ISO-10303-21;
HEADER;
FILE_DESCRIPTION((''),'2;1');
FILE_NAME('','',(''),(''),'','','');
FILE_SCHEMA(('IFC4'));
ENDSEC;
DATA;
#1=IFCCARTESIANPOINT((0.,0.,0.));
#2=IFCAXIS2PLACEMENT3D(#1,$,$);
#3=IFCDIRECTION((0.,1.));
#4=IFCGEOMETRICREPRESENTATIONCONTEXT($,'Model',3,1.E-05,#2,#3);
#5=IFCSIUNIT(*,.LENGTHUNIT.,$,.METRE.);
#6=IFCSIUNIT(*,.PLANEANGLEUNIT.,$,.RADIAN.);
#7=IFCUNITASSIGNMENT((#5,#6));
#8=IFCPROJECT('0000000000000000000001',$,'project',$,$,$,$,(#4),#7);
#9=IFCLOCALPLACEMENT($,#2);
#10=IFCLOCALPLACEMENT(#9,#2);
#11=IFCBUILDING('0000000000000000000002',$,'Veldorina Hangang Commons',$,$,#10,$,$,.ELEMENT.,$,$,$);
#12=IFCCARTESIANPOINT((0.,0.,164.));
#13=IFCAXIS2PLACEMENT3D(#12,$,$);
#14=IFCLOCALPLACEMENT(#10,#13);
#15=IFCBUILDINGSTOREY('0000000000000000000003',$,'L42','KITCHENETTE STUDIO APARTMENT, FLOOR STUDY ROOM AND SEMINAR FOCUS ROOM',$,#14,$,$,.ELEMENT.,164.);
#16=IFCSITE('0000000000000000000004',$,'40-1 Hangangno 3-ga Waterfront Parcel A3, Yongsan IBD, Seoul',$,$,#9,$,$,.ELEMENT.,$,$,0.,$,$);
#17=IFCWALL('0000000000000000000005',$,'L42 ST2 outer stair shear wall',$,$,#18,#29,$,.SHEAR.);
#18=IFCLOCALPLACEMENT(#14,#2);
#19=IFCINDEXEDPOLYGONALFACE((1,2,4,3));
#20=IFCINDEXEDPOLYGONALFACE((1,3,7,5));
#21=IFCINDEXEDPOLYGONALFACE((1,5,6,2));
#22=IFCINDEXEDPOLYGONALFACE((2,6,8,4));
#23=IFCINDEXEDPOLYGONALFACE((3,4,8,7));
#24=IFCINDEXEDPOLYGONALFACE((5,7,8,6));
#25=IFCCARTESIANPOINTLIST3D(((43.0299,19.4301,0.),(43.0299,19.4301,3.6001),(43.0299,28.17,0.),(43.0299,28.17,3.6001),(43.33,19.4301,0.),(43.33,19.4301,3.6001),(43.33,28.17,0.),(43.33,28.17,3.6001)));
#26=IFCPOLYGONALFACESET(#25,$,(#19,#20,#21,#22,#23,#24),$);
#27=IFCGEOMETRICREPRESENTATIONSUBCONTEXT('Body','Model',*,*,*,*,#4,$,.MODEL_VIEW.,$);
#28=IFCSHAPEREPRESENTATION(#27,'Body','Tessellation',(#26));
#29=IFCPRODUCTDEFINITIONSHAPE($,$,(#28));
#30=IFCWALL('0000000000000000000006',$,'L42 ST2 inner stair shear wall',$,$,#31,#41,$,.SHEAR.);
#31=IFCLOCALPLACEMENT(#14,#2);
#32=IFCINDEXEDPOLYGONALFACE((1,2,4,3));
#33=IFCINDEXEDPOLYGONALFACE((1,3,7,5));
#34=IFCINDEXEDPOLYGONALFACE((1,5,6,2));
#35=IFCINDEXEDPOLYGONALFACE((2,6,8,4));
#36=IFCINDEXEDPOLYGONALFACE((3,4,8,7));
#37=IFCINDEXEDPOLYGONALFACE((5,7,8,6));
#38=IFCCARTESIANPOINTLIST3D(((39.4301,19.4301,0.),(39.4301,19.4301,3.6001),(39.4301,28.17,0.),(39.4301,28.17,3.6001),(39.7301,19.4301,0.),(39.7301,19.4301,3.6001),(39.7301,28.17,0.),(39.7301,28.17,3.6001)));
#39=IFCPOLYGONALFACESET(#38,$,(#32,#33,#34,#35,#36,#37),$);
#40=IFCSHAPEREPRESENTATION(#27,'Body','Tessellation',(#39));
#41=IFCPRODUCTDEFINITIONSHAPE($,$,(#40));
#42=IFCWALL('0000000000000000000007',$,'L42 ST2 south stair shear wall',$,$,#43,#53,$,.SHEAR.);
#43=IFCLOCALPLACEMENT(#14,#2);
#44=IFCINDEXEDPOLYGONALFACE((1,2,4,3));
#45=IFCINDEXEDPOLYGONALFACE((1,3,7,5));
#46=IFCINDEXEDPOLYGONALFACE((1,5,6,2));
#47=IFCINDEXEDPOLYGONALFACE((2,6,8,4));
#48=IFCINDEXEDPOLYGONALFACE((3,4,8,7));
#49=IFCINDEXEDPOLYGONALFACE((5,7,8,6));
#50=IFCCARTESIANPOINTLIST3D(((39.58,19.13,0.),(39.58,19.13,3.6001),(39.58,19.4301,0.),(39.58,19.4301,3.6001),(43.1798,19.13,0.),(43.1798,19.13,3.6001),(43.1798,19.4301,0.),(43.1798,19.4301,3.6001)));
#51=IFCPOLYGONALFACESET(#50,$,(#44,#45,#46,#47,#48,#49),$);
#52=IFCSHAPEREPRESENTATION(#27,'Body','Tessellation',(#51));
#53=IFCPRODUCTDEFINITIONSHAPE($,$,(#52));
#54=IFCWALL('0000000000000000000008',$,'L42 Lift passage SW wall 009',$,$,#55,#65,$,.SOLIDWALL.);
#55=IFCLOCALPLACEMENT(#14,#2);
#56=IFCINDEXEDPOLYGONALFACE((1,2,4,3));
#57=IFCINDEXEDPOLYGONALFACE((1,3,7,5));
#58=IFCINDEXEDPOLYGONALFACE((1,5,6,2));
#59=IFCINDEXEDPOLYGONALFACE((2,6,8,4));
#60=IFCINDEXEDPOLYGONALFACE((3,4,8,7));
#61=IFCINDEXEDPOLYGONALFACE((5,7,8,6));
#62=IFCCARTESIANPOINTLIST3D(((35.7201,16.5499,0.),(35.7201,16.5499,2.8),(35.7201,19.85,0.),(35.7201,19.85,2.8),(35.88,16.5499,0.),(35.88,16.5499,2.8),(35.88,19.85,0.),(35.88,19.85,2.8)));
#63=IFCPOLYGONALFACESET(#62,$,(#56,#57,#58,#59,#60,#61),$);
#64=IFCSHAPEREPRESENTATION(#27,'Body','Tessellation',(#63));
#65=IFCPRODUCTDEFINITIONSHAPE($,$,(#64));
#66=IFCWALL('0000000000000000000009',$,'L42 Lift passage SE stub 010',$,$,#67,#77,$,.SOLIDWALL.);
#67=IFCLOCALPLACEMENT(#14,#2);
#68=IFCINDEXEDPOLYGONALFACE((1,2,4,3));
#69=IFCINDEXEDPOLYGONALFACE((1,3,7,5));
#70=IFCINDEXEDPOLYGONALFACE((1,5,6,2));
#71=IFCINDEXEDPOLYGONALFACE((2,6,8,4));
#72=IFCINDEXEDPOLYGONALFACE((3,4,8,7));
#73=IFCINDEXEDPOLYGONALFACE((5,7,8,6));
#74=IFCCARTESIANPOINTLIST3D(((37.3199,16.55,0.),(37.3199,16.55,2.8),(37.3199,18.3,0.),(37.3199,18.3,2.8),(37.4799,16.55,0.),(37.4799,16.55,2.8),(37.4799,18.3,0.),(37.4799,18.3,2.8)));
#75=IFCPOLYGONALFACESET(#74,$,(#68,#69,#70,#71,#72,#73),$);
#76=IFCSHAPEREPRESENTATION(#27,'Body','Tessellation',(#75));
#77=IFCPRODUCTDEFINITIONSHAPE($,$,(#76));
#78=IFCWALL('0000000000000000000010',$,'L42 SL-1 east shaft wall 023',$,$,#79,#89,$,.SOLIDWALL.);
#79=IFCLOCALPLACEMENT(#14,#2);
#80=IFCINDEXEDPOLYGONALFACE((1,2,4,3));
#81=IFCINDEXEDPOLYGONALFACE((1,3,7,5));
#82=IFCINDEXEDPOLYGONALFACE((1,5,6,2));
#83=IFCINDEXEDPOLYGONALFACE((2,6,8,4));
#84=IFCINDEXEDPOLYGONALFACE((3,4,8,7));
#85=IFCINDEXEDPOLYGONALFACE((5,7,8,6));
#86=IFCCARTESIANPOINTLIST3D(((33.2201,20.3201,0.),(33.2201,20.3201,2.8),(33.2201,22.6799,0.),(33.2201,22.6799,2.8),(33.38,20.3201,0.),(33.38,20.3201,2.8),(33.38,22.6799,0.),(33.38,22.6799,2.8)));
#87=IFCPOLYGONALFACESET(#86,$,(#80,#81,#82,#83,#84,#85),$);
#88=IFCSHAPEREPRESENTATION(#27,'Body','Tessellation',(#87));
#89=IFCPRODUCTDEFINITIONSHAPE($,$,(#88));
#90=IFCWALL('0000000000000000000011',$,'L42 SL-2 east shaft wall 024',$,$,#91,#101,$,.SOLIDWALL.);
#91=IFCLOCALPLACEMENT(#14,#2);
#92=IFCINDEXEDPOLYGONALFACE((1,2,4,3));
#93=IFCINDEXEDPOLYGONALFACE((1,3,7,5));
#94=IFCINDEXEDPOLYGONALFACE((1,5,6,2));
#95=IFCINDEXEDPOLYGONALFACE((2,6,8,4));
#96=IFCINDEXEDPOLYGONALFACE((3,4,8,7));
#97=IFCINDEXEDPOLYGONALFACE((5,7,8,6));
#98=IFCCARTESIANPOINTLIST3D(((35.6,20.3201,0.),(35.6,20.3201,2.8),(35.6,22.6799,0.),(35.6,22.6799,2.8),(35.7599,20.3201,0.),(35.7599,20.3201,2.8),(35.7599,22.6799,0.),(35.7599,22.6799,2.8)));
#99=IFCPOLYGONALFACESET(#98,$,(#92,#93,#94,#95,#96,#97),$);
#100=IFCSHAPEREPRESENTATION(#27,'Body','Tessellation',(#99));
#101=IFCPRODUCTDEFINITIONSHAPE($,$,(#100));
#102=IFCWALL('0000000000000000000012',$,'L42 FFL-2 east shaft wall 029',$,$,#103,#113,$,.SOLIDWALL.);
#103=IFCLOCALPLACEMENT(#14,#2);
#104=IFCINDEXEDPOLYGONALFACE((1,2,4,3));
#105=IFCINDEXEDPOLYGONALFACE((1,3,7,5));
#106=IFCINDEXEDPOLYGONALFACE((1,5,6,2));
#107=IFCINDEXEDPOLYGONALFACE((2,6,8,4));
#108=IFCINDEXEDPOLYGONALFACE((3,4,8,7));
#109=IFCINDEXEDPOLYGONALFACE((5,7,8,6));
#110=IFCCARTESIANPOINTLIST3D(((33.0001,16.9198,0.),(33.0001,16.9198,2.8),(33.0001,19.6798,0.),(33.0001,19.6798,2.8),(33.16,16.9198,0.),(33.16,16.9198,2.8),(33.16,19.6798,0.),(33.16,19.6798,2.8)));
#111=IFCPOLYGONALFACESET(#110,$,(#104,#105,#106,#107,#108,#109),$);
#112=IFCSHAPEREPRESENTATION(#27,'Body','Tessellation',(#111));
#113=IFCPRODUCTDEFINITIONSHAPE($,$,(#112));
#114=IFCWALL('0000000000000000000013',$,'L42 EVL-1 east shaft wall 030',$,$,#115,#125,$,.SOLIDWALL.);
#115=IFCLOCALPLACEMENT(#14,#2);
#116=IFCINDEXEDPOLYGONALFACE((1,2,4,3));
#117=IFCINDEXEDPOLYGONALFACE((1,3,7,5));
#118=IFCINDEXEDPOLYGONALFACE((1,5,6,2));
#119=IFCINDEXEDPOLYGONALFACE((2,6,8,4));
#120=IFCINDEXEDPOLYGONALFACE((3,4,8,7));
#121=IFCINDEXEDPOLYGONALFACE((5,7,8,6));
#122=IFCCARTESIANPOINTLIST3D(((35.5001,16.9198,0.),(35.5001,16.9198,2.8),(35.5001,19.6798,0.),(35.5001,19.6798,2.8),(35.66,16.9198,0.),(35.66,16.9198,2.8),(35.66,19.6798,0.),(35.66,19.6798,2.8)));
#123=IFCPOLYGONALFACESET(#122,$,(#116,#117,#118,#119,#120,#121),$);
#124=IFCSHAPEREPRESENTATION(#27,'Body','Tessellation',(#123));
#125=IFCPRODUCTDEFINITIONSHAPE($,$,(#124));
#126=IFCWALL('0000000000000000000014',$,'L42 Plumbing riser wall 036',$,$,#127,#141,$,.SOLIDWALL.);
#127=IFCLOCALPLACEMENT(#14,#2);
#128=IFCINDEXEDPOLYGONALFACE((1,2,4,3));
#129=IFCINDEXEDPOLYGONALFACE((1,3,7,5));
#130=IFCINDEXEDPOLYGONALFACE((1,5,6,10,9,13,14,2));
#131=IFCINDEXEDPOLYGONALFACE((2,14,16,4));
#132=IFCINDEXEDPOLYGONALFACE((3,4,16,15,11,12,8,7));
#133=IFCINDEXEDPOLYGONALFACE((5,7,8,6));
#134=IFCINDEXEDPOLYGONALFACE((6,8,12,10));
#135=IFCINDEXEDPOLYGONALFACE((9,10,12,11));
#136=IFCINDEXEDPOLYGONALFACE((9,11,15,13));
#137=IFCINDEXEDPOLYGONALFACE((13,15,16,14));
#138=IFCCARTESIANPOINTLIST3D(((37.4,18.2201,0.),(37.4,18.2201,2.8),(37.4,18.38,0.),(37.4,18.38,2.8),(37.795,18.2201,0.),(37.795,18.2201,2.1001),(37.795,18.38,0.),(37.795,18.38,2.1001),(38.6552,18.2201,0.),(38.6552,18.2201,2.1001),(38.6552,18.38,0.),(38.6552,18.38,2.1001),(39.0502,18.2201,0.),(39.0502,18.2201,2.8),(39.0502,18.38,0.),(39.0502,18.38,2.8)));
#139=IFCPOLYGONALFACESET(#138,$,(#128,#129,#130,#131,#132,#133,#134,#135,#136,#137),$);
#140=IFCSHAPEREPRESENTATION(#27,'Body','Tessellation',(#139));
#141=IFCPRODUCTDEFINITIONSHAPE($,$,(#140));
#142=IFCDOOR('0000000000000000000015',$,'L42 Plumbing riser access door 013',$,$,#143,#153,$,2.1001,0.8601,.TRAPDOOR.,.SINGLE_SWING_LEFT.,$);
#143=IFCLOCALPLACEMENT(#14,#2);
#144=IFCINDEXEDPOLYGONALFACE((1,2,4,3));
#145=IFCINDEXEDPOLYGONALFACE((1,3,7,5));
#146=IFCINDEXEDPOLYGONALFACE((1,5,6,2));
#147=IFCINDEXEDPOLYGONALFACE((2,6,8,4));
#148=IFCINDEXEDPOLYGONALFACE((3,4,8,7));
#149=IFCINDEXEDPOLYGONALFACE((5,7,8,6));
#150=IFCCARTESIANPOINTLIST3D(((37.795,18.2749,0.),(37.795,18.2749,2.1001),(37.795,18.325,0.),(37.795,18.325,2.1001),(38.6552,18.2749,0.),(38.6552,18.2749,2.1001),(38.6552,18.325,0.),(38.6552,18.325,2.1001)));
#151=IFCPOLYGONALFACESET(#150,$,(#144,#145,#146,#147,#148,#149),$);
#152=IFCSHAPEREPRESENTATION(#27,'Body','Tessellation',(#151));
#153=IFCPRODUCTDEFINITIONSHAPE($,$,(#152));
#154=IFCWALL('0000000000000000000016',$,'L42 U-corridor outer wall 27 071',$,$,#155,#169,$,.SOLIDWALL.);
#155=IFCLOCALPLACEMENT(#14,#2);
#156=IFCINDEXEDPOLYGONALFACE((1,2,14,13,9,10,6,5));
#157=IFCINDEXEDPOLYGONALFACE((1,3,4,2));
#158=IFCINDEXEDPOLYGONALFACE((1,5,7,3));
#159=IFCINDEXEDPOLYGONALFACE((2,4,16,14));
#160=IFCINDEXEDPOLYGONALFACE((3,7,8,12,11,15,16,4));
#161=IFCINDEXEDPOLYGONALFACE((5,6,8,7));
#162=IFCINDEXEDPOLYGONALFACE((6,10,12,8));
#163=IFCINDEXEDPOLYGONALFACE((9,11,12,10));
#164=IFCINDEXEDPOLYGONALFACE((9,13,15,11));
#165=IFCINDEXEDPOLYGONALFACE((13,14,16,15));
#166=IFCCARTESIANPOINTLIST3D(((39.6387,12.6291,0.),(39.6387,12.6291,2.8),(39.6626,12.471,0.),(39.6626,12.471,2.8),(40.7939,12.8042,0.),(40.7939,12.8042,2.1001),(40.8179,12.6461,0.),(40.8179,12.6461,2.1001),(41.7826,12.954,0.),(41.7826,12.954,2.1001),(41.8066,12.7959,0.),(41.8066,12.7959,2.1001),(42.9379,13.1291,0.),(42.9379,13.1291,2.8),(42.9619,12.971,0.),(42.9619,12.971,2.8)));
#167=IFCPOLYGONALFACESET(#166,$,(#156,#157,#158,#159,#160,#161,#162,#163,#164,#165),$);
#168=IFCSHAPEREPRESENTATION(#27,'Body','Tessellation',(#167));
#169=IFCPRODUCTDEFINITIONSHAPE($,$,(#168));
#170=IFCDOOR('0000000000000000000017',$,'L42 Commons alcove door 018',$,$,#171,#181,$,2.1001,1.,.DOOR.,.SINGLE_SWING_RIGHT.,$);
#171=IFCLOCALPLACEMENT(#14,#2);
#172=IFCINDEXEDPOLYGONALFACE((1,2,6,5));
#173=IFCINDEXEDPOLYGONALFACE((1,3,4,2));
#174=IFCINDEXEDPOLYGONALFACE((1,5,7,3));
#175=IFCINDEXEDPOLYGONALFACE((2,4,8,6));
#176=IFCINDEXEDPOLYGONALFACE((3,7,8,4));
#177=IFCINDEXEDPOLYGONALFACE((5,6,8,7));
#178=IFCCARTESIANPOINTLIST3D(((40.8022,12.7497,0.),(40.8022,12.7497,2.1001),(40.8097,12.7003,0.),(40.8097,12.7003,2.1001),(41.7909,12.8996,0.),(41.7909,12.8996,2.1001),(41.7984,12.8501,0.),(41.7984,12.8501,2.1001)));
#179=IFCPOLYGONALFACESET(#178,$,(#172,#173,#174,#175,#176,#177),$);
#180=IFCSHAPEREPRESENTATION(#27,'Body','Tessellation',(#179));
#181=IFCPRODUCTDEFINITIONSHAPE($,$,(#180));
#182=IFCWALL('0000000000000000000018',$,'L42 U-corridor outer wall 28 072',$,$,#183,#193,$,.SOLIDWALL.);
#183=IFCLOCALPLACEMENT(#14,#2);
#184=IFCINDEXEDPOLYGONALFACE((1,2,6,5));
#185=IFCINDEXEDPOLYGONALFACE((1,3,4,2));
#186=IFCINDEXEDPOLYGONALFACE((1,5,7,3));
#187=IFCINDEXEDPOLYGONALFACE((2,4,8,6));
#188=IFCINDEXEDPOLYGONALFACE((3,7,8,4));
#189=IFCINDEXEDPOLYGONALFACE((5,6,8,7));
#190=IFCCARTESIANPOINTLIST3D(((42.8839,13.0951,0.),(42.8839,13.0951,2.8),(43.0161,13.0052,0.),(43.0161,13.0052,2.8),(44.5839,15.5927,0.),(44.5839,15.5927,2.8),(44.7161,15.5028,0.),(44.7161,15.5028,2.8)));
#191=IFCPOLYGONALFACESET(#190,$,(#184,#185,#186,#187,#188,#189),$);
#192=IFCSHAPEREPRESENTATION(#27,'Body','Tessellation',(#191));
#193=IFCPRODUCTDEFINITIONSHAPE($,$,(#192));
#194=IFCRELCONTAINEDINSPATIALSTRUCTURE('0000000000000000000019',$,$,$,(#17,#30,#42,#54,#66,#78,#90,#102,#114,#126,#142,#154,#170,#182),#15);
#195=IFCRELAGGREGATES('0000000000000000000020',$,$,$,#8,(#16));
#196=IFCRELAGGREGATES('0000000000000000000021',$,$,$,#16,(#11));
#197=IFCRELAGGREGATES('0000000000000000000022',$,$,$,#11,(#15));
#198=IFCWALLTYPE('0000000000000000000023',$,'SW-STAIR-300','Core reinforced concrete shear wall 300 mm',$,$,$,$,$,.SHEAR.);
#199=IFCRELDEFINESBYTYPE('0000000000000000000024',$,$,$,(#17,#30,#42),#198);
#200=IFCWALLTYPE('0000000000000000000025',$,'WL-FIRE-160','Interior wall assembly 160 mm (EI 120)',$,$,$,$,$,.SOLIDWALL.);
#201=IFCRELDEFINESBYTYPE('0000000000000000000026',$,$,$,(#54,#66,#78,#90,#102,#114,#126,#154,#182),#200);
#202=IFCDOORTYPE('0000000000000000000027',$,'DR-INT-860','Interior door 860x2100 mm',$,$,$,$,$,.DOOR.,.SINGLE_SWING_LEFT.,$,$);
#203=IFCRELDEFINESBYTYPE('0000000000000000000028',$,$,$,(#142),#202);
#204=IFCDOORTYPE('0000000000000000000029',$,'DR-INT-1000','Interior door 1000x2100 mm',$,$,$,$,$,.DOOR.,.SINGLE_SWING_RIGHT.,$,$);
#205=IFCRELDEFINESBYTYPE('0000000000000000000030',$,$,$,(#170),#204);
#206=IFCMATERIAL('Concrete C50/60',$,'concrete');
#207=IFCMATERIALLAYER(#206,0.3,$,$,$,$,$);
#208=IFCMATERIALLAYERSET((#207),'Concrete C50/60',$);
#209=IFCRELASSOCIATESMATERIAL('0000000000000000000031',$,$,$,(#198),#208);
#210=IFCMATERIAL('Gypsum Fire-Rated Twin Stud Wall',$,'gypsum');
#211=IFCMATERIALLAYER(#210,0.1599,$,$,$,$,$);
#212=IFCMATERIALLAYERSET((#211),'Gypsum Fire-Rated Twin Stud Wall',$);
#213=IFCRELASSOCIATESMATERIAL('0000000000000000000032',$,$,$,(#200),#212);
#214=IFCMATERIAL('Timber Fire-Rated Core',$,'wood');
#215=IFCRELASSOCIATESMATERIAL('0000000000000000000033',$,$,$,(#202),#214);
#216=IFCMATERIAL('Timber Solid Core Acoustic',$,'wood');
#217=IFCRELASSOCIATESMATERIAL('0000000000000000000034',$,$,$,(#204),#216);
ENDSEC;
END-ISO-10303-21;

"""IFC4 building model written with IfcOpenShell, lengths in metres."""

from ifc_helpers import new_model, si_unit, direction, frame, frame_2d, origin, place, context, subcontext, project, spatial, rectangle, extrude, material, layer, layer_set, type_object, element, fill, save


model = new_model("IFC4")

# Units and contexts
model_context = context("Model", 3, precision=1e-05, world=origin(), true_north=direction((0.0, 1.0)))
body_context = subcontext(model_context, "Body", "Model", "MODEL_VIEW")
ifc_project = project(units=[si_unit("LENGTHUNIT", "METRE"), si_unit("PLANEANGLEUNIT", "RADIAN")], contexts=[model_context])

# Site, building, storey
site_placement = place(None, origin())
site = spatial("IfcSite", under=ifc_project, at=site_placement, Name="40-1 Hangangno 3-ga Waterfront Parcel A3, Yongsan IBD, Seoul", CompositionType="ELEMENT", RefElevation=0.0)
building_placement = place(site_placement, origin())
building = spatial("IfcBuilding", under=site, at=building_placement, Name="Veldorina Hangang Commons", CompositionType="ELEMENT")
storey_placement = place(building_placement, frame((0.0, 0.0, 164.0)))
storey = spatial("IfcBuildingStorey", under=building, at=storey_placement, Name="L42", Description="KITCHENETTE STUDIO APARTMENT, FLOOR STUDY ROOM AND SEMINAR FOCUS ROOM", CompositionType="ELEMENT", Elevation=164.0)

# Walls
ifc_material_1 = material(Name="Concrete C50/60", Category="concrete")
ifc_layer_1 = layer(ifc_material_1, 0.3)
ifc_layer_set_1 = layer_set([ifc_layer_1], Name="Concrete C50/60")
wall_type_1 = type_object("IfcWallType", Name="SW-STAIR-300", Description="Core reinforced concrete shear wall 300 mm", PredefinedType="SHEAR", material=ifc_layer_set_1)
for number, where, z_axis, x_axis, name in (
    (1, (43.1799, 19.4299, 0.0), (0.0, 0.0, 1.0), (0.0, 1.0, 0.0), "L42 ST2 outer stair shear wall"),
    (2, (39.5801, 19.4299, 0.0), (0.0, 0.0, 1.0), (0.0, 1.0, 0.0), "L42 ST2 inner stair shear wall"),
):
    element("IfcWall", number, at=place(storey_placement, frame(where, z_axis=z_axis, x_axis=x_axis)), inside=storey, type_object=wall_type_1, Name=name, PredefinedType="SHEAR", context=body_context, shape_type="SweptSolid", body=[
        extrude(rectangle(XDim=8.74, YDim=0.3, at=frame_2d((4.3701, 0.0))), origin(), (0.0, 0.0, 1.0), 3.6001),
    ])
wall_1_placement = place(storey_placement, frame((39.5801, 19.28, 0.0), z_axis=(0.0, 0.0, 1.0), x_axis=(1.0, 0.0, 0.0)))
element("IfcWall", 3, at=wall_1_placement, inside=storey, type_object=wall_type_1, Name="L42 ST2 south stair shear wall", PredefinedType="SHEAR", context=body_context, shape_type="SweptSolid", body=[
    extrude(rectangle(XDim=3.5999, YDim=0.3, at=frame_2d((1.7998, 0.0))), origin(), (0.0, 0.0, 1.0), 3.6001),
])
ifc_material_2 = material(Name="Gypsum Fire-Rated Twin Stud Wall", Category="gypsum")
ifc_layer_2 = layer(ifc_material_2, 0.1599)
ifc_layer_set_2 = layer_set([ifc_layer_2], Name="Gypsum Fire-Rated Twin Stud Wall")
wall_type_2 = type_object("IfcWallType", Name="WL-FIRE-160", Description="Interior wall assembly 160 mm (EI 120)", PredefinedType="SOLIDWALL", material=ifc_layer_set_2)
wall_2_placement = place(storey_placement, frame((35.8, 16.55, 0.0), z_axis=(0.0, 0.0, 1.0), x_axis=(0.0, 1.0, 0.0)))
element("IfcWall", 4, at=wall_2_placement, inside=storey, type_object=wall_type_2, Name="L42 Lift passage SW wall 009", PredefinedType="SOLIDWALL", context=body_context, shape_type="SweptSolid", body=[
    extrude(rectangle(XDim=3.3, YDim=0.1599, at=frame_2d((1.6499, 0.0))), origin(), (0.0, 0.0, 1.0), 2.8),
])
wall_3_placement = place(storey_placement, frame((37.3999, 16.55, 0.0), z_axis=(0.0, 0.0, 1.0), x_axis=(0.0, 1.0, 0.0)))
element("IfcWall", 5, at=wall_3_placement, inside=storey, type_object=wall_type_2, Name="L42 Lift passage SE stub 010", PredefinedType="SOLIDWALL", context=body_context, shape_type="SweptSolid", body=[
    extrude(rectangle(XDim=1.75, YDim=0.1599, at=frame_2d((0.875, 0.0))), origin(), (0.0, 0.0, 1.0), 2.8),
])
for number, where, z_axis, x_axis, name in (
    (6, (33.3, 20.3201, 0.0), (0.0, 0.0, 1.0), (0.0, 1.0, 0.0), "L42 SL-1 east shaft wall 023"),
    (7, (35.6799, 20.3201, 0.0), (0.0, 0.0, 1.0), (0.0, 1.0, 0.0), "L42 SL-2 east shaft wall 024"),
):
    element("IfcWall", number, at=place(storey_placement, frame(where, z_axis=z_axis, x_axis=x_axis)), inside=storey, type_object=wall_type_2, Name=name, PredefinedType="SOLIDWALL", context=body_context, shape_type="SweptSolid", body=[
        extrude(rectangle(XDim=2.3599, YDim=0.1599, at=frame_2d((1.1799, 0.0))), origin(), (0.0, 0.0, 1.0), 2.8),
    ])
for number, where, z_axis, x_axis, name in (
    (8, (33.0801, 16.9199, 0.0), (0.0, 0.0, 1.0), (0.0, 1.0, 0.0), "L42 FFL-2 east shaft wall 029"),
    (9, (35.5801, 16.9199, 0.0), (0.0, 0.0, 1.0), (0.0, 1.0, 0.0), "L42 EVL-1 east shaft wall 030"),
):
    element("IfcWall", number, at=place(storey_placement, frame(where, z_axis=z_axis, x_axis=x_axis)), inside=storey, type_object=wall_type_2, Name=name, PredefinedType="SOLIDWALL", context=body_context, shape_type="SweptSolid", body=[
        extrude(rectangle(XDim=2.76, YDim=0.1599, at=frame_2d((1.3799, 0.0))), origin(), (0.0, 0.0, 1.0), 2.8),
    ])

# Walls, openings, doors
wall_4_placement = place(storey_placement, frame((37.3999, 18.3, 0.0), z_axis=(0.0, 0.0, 1.0), x_axis=(1.0, 0.0, 0.0)))
wall_4 = element("IfcWall", 10, at=wall_4_placement, inside=storey, type_object=wall_type_2, Name="L42 Plumbing riser wall 036", PredefinedType="SOLIDWALL", context=body_context, shape_type="SweptSolid", body=[
    extrude(rectangle(XDim=1.6501, YDim=0.1599, at=frame_2d((0.8252, 0.0))), origin(), (0.0, 0.0, 1.0), 2.8),
])
opening_1_placement = place(wall_4_placement, frame((0.395, 0.0, 0.0)))
opening_1 = element("IfcOpeningElement", 11, at=opening_1_placement, cuts=wall_4, PredefinedType="OPENING", context=body_context, shape_type="SweptSolid", body=[
    extrude(rectangle(XDim=0.8601, YDim=2.1001, at=frame_2d((0.4302, 1.05))), frame((0.0, 0.0898, 0.0), z_axis=(0.0, -1.0, 0.0), x_axis=(1.0, 0.0, 0.0)), (0.0, 0.0, 1.0), 0.1799),
])
ifc_material_3 = material(Name="Timber Fire-Rated Core", Category="wood")
door_type_1 = type_object("IfcDoorType", Name="DR-INT-860", Description="Interior door 860x2100 mm", OperationType="SINGLE_SWING_LEFT", PredefinedType="DOOR", material=ifc_material_3)
door_1_placement = place(opening_1_placement, origin())
door_1 = element("IfcDoor", 12, at=door_1_placement, inside=storey, type_object=door_type_1, Name="L42 Plumbing riser access door 013", OperationType="SINGLE_SWING_LEFT", OverallHeight=2.1001, OverallWidth=0.8601, PredefinedType="TRAPDOOR", context=body_context, shape_type="SweptSolid", body=[
    extrude(rectangle(XDim=0.8601, YDim=2.1001, at=frame_2d((0.4302, 1.05))), frame((0.0, 0.0249, 0.0), z_axis=(0.0, -1.0, 0.0), x_axis=(1.0, 0.0, 0.0)), (0.0, 0.0, 1.0), 0.05),
])
fill(opening_1, door_1)
wall_5_placement = place(storey_placement, frame((39.6506, 12.55, 0.0), z_axis=(0.0, 0.0, 1.0), x_axis=(0.988711, 0.149836, 0.0)))
wall_5 = element("IfcWall", 13, at=wall_5_placement, inside=storey, type_object=wall_type_2, Name="L42 U-corridor outer wall 27 071", PredefinedType="SOLIDWALL", context=body_context, shape_type="SweptSolid", body=[
    extrude(rectangle(XDim=3.3369, YDim=0.1599, at=frame_2d((1.6685, 0.0))), origin(), (0.0, 0.0, 1.0), 2.8),
])
opening_2_placement = place(wall_5_placement, frame((1.1685, 0.0, 0.0)))
opening_2 = element("IfcOpeningElement", 14, at=opening_2_placement, cuts=wall_5, PredefinedType="OPENING", context=body_context, shape_type="SweptSolid", body=[
    extrude(rectangle(XDim=1.0, YDim=2.1001, at=frame_2d((0.5, 1.05))), frame((0.0, 0.0898, 0.0), z_axis=(0.0, -1.0, 0.0), x_axis=(1.0, 0.0, 0.0)), (0.0, 0.0, 1.0), 0.1799),
])
ifc_material_4 = material(Name="Timber Solid Core Acoustic", Category="wood")
door_type_2 = type_object("IfcDoorType", Name="DR-INT-1000", Description="Interior door 1000x2100 mm", OperationType="SINGLE_SWING_RIGHT", PredefinedType="DOOR", material=ifc_material_4)
door_2_placement = place(opening_2_placement, origin())
door_2 = element("IfcDoor", 15, at=door_2_placement, inside=storey, type_object=door_type_2, Name="L42 Commons alcove door 018", OperationType="SINGLE_SWING_RIGHT", OverallHeight=2.1001, OverallWidth=1.0, PredefinedType="DOOR", context=body_context, shape_type="SweptSolid", body=[
    extrude(rectangle(XDim=1.0, YDim=2.1001, at=frame_2d((0.5, 1.05))), frame((0.0, 0.0249, 0.0), z_axis=(0.0, -1.0, 0.0), x_axis=(1.0, 0.0, 0.0)), (0.0, 0.0, 1.0), 0.05),
])
fill(opening_2, door_2)

# Wall
wall_6_placement = place(storey_placement, frame((42.95, 13.05, 0.0), z_axis=(0.0, 0.0, 1.0), x_axis=(0.562675, 0.826678, 0.0)))
element("IfcWall", 16, at=wall_6_placement, inside=storey, type_object=wall_type_2, Name="L42 U-corridor outer wall 28 072", PredefinedType="SOLIDWALL", context=body_context, shape_type="SweptSolid", body=[
    extrude(rectangle(XDim=3.0212, YDim=0.1599, at=frame_2d((1.5107, 0.0))), origin(), (0.0, 0.0, 1.0), 2.8),
])

save(model, "model.ifc")
